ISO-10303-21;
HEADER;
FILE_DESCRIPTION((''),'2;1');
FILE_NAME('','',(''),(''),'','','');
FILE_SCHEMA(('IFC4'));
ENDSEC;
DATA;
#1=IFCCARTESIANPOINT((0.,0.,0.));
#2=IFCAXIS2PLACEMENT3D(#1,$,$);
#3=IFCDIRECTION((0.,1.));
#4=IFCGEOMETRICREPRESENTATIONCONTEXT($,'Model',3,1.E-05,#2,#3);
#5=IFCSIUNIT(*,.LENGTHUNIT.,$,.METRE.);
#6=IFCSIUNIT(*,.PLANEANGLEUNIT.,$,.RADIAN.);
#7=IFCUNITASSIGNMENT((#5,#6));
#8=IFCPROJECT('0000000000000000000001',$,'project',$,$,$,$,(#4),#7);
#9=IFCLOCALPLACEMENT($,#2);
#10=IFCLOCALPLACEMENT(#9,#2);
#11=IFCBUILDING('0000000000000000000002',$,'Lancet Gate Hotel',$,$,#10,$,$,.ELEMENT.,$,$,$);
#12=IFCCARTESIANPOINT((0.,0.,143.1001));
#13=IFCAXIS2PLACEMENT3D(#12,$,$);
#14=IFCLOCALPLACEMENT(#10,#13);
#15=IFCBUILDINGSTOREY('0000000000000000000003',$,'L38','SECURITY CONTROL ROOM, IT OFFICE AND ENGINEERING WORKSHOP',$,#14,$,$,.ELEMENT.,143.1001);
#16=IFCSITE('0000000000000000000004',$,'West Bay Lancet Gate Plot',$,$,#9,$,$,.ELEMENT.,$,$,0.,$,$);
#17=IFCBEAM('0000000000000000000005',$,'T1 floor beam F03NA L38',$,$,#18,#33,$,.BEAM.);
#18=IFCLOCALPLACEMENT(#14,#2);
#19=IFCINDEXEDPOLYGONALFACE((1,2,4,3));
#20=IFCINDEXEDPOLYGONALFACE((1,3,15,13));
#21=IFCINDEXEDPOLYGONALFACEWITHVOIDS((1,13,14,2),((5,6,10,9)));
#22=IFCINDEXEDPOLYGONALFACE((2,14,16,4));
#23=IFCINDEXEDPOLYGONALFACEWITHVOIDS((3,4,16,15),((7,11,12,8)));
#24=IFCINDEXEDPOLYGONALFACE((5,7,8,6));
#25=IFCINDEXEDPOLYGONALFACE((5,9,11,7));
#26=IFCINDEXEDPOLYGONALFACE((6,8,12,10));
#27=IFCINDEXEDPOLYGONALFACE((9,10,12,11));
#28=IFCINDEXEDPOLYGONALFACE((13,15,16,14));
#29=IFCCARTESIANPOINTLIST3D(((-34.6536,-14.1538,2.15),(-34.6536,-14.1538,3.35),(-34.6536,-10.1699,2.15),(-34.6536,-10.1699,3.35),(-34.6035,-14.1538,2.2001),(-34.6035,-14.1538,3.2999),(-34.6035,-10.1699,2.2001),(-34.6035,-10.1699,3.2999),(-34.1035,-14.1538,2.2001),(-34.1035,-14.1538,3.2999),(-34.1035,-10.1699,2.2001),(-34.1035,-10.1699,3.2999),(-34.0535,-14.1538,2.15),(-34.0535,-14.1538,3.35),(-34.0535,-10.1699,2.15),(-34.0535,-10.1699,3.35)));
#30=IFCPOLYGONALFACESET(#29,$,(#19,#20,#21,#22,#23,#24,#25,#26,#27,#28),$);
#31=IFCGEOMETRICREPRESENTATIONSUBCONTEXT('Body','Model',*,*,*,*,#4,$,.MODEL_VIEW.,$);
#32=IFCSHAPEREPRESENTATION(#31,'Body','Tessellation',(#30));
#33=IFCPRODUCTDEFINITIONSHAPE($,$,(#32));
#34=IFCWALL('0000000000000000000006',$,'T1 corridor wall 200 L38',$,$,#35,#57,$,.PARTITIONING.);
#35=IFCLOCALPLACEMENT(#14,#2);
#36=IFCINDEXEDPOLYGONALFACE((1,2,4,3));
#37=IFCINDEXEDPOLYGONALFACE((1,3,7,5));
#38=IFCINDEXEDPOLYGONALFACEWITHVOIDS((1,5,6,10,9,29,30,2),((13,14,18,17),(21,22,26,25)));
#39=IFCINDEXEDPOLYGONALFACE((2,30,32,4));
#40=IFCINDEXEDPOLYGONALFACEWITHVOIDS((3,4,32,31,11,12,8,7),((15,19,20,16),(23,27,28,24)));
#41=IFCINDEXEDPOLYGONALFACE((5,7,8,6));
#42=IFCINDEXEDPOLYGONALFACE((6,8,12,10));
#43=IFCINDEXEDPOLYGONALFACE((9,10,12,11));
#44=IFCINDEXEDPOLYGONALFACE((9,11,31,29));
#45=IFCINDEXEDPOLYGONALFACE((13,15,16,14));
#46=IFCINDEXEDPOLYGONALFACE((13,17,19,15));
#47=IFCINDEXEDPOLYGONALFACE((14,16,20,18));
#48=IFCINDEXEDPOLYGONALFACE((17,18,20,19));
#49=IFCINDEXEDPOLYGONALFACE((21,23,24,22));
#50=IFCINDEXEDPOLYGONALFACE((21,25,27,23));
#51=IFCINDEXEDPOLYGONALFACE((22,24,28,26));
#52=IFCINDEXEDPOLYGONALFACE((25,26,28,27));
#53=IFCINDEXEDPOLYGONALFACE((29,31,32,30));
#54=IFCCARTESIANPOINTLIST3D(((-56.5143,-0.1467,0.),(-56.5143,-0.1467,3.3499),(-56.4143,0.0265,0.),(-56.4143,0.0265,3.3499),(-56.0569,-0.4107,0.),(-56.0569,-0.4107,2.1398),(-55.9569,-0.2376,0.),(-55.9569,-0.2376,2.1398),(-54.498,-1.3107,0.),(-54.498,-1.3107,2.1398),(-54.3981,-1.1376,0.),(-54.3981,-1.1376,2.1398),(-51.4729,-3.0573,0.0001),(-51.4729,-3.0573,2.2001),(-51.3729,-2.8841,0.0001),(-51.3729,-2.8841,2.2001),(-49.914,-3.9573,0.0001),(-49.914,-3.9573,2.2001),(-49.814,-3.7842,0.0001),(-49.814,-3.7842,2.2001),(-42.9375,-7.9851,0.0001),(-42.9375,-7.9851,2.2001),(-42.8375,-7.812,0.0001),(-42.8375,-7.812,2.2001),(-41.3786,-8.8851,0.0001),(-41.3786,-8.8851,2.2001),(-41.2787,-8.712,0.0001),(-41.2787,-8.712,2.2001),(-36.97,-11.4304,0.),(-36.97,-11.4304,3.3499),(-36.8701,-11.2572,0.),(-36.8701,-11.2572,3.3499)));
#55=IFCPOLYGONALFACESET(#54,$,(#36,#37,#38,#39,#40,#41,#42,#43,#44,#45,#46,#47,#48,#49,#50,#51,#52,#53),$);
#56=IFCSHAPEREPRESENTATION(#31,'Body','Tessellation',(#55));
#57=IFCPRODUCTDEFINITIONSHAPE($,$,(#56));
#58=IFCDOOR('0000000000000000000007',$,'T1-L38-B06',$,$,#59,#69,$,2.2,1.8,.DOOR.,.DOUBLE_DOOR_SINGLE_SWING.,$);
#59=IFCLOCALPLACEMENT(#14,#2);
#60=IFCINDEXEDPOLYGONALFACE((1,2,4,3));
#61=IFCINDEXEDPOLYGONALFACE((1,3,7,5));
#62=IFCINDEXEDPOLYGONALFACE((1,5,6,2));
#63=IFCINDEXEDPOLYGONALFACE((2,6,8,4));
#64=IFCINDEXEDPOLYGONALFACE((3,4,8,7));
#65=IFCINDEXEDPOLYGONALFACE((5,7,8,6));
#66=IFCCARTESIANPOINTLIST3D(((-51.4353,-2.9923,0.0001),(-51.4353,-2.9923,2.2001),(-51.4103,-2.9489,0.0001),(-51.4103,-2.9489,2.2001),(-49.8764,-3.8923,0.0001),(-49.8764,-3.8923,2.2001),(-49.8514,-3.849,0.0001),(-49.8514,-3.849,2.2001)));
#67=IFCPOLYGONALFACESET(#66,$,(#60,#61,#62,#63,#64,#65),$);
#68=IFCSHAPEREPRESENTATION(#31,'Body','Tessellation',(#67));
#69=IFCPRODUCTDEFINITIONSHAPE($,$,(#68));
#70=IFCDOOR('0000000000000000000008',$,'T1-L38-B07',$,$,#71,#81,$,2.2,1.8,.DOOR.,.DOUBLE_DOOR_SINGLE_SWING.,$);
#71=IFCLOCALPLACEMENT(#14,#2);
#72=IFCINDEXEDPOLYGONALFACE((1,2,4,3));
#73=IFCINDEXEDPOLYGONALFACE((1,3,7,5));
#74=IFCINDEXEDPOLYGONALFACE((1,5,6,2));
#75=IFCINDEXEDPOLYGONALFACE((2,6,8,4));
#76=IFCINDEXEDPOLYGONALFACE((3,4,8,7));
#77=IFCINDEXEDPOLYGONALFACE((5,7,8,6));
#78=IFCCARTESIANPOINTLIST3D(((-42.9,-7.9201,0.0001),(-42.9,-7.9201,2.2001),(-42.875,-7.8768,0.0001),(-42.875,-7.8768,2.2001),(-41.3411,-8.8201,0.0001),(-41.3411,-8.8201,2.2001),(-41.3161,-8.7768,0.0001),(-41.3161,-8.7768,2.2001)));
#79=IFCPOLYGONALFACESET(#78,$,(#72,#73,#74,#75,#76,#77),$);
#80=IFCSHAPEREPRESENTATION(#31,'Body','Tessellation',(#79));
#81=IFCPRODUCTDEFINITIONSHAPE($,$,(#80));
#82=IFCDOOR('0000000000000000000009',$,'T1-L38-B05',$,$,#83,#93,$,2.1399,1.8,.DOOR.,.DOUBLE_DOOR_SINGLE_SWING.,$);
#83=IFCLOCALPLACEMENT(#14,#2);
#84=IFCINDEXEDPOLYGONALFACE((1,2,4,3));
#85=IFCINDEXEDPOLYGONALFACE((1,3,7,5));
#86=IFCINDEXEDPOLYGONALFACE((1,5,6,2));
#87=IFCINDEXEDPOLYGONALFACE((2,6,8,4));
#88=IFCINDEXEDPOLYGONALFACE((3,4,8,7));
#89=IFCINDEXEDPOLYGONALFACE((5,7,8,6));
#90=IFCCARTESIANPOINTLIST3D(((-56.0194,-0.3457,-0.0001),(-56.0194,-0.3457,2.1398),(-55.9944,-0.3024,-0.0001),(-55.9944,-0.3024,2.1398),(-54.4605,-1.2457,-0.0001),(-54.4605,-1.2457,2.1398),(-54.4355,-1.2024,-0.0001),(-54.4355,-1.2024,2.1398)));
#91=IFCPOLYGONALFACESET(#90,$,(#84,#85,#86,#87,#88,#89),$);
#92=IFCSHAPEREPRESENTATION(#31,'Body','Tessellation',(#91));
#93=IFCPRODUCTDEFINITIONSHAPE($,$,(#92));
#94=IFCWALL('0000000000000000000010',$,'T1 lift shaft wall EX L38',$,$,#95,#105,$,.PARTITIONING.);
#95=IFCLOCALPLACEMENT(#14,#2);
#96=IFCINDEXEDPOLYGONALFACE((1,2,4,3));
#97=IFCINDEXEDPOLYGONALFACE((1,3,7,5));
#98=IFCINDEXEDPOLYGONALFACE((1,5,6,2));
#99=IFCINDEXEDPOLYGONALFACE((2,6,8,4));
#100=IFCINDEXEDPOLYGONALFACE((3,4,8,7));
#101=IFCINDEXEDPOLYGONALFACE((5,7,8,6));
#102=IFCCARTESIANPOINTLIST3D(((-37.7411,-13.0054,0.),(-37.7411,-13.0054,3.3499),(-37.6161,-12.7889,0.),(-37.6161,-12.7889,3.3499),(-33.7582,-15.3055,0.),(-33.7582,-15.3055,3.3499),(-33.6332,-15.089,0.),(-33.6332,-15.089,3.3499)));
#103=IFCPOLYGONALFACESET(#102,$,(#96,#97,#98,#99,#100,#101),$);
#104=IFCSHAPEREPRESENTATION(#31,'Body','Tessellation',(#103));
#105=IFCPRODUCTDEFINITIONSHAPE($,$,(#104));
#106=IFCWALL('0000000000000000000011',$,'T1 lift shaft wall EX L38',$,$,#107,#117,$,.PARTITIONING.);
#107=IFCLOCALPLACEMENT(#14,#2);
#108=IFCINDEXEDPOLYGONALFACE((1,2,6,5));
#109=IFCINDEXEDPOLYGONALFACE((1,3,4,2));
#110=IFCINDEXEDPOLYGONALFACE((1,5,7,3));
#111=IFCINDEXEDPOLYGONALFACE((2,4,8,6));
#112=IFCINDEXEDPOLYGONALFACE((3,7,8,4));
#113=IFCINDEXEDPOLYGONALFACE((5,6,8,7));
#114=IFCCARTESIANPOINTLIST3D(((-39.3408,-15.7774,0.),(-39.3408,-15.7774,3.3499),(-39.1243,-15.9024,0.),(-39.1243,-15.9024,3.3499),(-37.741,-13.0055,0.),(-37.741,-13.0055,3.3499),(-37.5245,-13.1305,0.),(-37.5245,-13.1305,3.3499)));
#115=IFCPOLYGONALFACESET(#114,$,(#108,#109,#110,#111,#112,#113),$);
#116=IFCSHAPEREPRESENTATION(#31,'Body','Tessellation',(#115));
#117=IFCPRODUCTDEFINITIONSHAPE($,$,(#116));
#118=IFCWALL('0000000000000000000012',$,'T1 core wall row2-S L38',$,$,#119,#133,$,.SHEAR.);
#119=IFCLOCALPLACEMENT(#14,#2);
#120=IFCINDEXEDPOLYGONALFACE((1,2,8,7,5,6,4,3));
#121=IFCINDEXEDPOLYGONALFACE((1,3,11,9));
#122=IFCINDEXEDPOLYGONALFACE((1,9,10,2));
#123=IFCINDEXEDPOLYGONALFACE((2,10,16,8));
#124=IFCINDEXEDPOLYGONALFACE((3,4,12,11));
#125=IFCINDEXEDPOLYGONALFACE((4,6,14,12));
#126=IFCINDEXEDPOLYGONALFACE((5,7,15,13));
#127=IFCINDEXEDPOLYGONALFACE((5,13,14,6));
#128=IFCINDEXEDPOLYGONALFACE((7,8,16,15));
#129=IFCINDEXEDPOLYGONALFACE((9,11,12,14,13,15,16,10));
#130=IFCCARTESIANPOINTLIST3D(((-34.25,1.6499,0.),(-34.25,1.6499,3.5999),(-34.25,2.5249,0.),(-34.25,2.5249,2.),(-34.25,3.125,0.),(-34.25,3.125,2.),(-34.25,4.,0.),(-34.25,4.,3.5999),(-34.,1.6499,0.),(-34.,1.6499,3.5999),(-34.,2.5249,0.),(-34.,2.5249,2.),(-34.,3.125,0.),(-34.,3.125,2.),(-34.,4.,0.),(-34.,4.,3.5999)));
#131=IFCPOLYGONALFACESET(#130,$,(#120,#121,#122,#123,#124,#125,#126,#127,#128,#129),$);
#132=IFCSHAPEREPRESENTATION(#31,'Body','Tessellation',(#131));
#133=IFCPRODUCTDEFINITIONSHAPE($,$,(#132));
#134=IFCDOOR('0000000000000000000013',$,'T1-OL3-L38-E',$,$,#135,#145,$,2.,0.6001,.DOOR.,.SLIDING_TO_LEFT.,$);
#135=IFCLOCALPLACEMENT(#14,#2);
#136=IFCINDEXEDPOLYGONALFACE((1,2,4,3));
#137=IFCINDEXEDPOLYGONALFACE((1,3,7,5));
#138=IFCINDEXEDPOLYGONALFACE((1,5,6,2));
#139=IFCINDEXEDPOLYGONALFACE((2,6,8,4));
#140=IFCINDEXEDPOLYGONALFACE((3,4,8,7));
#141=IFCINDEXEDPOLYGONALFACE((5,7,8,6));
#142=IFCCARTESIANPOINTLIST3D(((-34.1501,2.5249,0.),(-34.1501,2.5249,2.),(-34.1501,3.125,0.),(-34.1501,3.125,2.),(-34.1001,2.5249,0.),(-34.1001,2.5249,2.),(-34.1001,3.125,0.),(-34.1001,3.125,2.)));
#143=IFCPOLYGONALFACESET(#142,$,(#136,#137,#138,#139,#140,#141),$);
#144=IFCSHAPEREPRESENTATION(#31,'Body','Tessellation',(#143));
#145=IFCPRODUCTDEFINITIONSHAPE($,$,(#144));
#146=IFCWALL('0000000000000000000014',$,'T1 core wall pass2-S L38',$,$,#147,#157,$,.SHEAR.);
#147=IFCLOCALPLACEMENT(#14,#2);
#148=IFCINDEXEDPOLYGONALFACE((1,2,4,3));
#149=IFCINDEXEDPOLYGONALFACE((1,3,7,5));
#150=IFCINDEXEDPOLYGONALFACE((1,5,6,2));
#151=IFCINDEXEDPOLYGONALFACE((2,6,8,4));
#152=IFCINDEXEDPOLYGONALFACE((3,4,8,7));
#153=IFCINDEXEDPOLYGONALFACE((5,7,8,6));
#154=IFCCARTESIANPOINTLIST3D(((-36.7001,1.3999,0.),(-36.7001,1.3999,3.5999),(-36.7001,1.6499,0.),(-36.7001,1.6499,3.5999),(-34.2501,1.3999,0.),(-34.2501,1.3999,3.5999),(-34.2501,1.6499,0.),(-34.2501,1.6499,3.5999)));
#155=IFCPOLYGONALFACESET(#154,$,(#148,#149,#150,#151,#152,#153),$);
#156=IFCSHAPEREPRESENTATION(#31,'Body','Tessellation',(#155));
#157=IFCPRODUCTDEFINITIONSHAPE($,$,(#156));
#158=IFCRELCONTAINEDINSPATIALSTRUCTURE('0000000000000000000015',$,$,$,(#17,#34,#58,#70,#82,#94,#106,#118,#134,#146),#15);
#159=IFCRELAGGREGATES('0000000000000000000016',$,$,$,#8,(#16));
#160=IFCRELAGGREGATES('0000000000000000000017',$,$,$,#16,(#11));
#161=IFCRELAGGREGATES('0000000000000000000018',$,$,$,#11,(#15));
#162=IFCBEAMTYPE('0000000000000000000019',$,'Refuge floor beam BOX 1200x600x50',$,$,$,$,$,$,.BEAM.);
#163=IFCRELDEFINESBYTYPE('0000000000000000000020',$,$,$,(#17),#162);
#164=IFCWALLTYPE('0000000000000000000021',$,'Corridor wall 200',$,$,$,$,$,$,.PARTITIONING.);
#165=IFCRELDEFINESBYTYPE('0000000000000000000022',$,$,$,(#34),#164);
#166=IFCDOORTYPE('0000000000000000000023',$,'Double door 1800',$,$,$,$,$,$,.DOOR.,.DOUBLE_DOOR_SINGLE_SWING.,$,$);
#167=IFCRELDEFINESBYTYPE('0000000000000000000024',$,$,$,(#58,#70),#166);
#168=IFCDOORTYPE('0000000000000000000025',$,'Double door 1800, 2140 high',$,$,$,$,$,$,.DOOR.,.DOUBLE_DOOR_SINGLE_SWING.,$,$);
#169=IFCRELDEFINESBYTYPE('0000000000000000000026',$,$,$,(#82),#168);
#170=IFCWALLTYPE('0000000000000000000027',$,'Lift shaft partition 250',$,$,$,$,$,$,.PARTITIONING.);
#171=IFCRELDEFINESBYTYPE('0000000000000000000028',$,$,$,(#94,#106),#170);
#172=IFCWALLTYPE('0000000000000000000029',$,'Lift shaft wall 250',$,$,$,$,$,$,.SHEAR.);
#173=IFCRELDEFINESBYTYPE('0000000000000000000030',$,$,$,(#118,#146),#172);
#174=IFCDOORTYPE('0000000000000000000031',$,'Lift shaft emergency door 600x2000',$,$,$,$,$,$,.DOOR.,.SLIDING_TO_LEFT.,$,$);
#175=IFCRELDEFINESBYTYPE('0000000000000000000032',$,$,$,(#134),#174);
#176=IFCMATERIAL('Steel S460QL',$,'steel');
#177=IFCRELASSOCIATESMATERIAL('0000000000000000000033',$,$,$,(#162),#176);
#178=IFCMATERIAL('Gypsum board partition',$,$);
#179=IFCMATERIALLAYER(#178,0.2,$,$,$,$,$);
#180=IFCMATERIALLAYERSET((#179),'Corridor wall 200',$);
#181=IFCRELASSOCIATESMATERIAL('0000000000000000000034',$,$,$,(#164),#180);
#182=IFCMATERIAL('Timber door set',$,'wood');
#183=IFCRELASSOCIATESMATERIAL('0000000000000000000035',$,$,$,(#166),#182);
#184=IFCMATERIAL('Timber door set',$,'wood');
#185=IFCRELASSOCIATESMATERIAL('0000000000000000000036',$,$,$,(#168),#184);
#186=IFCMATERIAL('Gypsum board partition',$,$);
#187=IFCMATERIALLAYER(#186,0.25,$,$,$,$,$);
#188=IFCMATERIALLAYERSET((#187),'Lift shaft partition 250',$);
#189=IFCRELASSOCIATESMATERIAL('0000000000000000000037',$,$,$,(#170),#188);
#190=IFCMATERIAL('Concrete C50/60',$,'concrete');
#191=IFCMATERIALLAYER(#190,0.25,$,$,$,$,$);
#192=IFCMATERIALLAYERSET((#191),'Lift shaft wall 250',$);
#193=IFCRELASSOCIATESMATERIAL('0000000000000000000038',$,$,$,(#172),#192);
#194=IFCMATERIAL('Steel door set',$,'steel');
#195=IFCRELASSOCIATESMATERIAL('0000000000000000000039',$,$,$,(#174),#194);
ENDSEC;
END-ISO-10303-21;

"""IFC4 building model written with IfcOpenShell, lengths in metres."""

from ifc_helpers import new_model, si_unit, direction, frame, frame_2d, origin, origin_2d, place, context, subcontext, project, spatial, rectangle, hollow_rectangle, extrude, material, layer, layer_set, material_profile, profile_set, type_object, element, fill, save


model = new_model("IFC4")

# Units and contexts
model_context = context("Model", 3, precision=1e-05, world=origin(), true_north=direction((0.0, 1.0)))
body_context = subcontext(model_context, "Body", "Model", "MODEL_VIEW")
ifc_project = project(units=[si_unit("LENGTHUNIT", "METRE"), si_unit("PLANEANGLEUNIT", "RADIAN")], contexts=[model_context])

# Site, building, storey
site_placement = place(None, origin())
site = spatial("IfcSite", under=ifc_project, at=site_placement, Name="West Bay Lancet Gate Plot", CompositionType="ELEMENT", RefElevation=0.0)
building_placement = place(site_placement, origin())
building = spatial("IfcBuilding", under=site, at=building_placement, Name="Lancet Gate Hotel", CompositionType="ELEMENT")
storey_placement = place(building_placement, frame((0.0, 0.0, 143.1001)))
storey = spatial("IfcBuildingStorey", under=building, at=storey_placement, Name="L38", Description="SECURITY CONTROL ROOM, IT OFFICE AND ENGINEERING WORKSHOP", CompositionType="ELEMENT", Elevation=143.1001)

# Beam
ifc_material_1 = material(Name="Steel S460QL", Category="steel")
ifc_material_profile = material_profile(ifc_material_1, hollow_rectangle(XDim=0.6001, YDim=1.2, WallThickness=0.05, at=origin_2d()), Name="BOX 1200x600x50")
ifc_profile_set = profile_set([ifc_material_profile], Name="Steel S460QL")
beam_type = type_object("IfcBeamType", Name="Refuge floor beam BOX 1200x600x50", PredefinedType="BEAM", material=ifc_profile_set)
beam_placement = place(storey_placement, frame((-34.3535, -10.1699, 2.75), z_axis=(0.0, -1.0, 0.0), x_axis=(1.0, 0.0, 0.0)))
element("IfcBeam", 1, at=beam_placement, inside=storey, type_object=beam_type, Name="T1 floor beam F03NA L38", PredefinedType="BEAM", context=body_context, shape_type="SweptSolid", body=[
    extrude(hollow_rectangle(XDim=0.6001, YDim=1.2, WallThickness=0.05, at=origin_2d()), origin(), (0.0, 0.0, 1.0), 3.9839),
])

# Wall, openings, doors
ifc_material_2 = material(Name="Gypsum board partition")
ifc_layer_1 = layer(ifc_material_2, 0.2)
ifc_layer_set_1 = layer_set([ifc_layer_1], Name="Corridor wall 200")
wall_type_1 = type_object("IfcWallType", Name="Corridor wall 200", PredefinedType="PARTITIONING", material=ifc_layer_set_1)
wall_1_placement = place(storey_placement, frame((-36.9202, -11.3438, 0.0), z_axis=(0.0, 0.0, 1.0), x_axis=(-0.866028, 0.499995, 0.0)))
wall_1 = element("IfcWall", 2, at=wall_1_placement, inside=storey, type_object=wall_type_1, Name="T1 corridor wall 200 L38", PredefinedType="PARTITIONING", context=body_context, shape_type="SweptSolid", body=[
    extrude(rectangle(XDim=22.5676, YDim=0.2, at=frame_2d((11.2837, 0.0))), origin(), (0.0, 0.0, 1.0), 3.3499),
])
opening_1_placement = place(wall_1_placement, frame((20.2395, 0.0, 0.0)))
opening_1 = element("IfcOpeningElement", 3, at=opening_1_placement, cuts=wall_1, PredefinedType="OPENING", context=body_context, shape_type="SweptSolid", body=[
    extrude(rectangle(XDim=1.8, YDim=2.1399, at=frame_2d((0.8999, 1.0698))), frame((0.0, 0.1099, 0.0), z_axis=(0.0, -1.0, 0.0), x_axis=(1.0, 0.0, 0.0)), (0.0, 0.0, 1.0), 0.22),
])
opening_2_placement = place(wall_1_placement, frame((14.9463, 0.0, 0.0)))
opening_2 = element("IfcOpeningElement", 4, at=opening_2_placement, cuts=wall_1, PredefinedType="OPENING", context=body_context, shape_type="SweptSolid", body=[
    extrude(rectangle(XDim=1.8, YDim=2.2, at=frame_2d((0.8999, 1.1001))), frame((0.0, 0.1099, 0.0), z_axis=(0.0, -1.0, 0.0), x_axis=(1.0, 0.0, 0.0)), (0.0, 0.0, 1.0), 0.22),
])
opening_3_placement = place(wall_1_placement, frame((5.0906, 0.0, 0.0)))
opening_3 = element("IfcOpeningElement", 5, at=opening_3_placement, cuts=wall_1, PredefinedType="OPENING", context=body_context, shape_type="SweptSolid", body=[
    extrude(rectangle(XDim=1.8, YDim=2.2, at=frame_2d((0.8999, 1.1001))), frame((0.0, 0.1099, 0.0), z_axis=(0.0, -1.0, 0.0), x_axis=(1.0, 0.0, 0.0)), (0.0, 0.0, 1.0), 0.22),
])
ifc_material_3 = material(Name="Timber door set", Category="wood")
door_type_1 = type_object("IfcDoorType", Name="Double door 1800", OperationType="DOUBLE_DOOR_SINGLE_SWING", PredefinedType="DOOR", material=ifc_material_3)
door_1_placement = place(opening_2_placement, origin())
door_1 = element("IfcDoor", 6, at=door_1_placement, inside=storey, type_object=door_type_1, Name="T1-L38-B06", OperationType="DOUBLE_DOOR_SINGLE_SWING", OverallHeight=2.2, OverallWidth=1.8, PredefinedType="DOOR", context=body_context, shape_type="SweptSolid", body=[
    extrude(rectangle(XDim=1.8, YDim=2.2, at=frame_2d((0.8999, 1.1001))), frame((0.0, 0.0249, 0.0), z_axis=(0.0, -1.0, 0.0), x_axis=(1.0, 0.0, 0.0)), (0.0, 0.0, 1.0), 0.05),
])
fill(opening_2, door_1)
door_2_placement = place(opening_3_placement, origin())
door_2 = element("IfcDoor", 7, at=door_2_placement, inside=storey, type_object=door_type_1, Name="T1-L38-B07", OperationType="DOUBLE_DOOR_SINGLE_SWING", OverallHeight=2.2, OverallWidth=1.8, PredefinedType="DOOR", context=body_context, shape_type="SweptSolid", body=[
    extrude(rectangle(XDim=1.8, YDim=2.2, at=frame_2d((0.8999, 1.1001))), frame((0.0, 0.0249, 0.0), z_axis=(0.0, -1.0, 0.0), x_axis=(1.0, 0.0, 0.0)), (0.0, 0.0, 1.0), 0.05),
])
fill(opening_3, door_2)
ifc_material_4 = material(Name="Timber door set", Category="wood")
door_type_2 = type_object("IfcDoorType", Name="Double door 1800, 2140 high", OperationType="DOUBLE_DOOR_SINGLE_SWING", PredefinedType="DOOR", material=ifc_material_4)
door_3_placement = place(opening_1_placement, origin())
door_3 = element("IfcDoor", 8, at=door_3_placement, inside=storey, type_object=door_type_2, Name="T1-L38-B05", OperationType="DOUBLE_DOOR_SINGLE_SWING", OverallHeight=2.1399, OverallWidth=1.8, PredefinedType="DOOR", context=body_context, shape_type="SweptSolid", body=[
    extrude(rectangle(XDim=1.8, YDim=2.1399, at=frame_2d((0.8999, 1.0698))), frame((0.0, 0.0249, 0.0), z_axis=(0.0, -1.0, 0.0), x_axis=(1.0, 0.0, 0.0)), (0.0, 0.0, 1.0), 0.05),
])
fill(opening_1, door_3)

# Walls
ifc_material_5 = material(Name="Gypsum board partition")
ifc_layer_2 = layer(ifc_material_5, 0.25)
ifc_layer_set_2 = layer_set([ifc_layer_2], Name="Lift shaft partition 250")
wall_type_2 = type_object("IfcWallType", Name="Lift shaft partition 250", PredefinedType="PARTITIONING", material=ifc_layer_set_2)
wall_2_placement = place(storey_placement, frame((-33.6956, -15.1973, 0.0), z_axis=(0.0, 0.0, 1.0), x_axis=(-0.865977, 0.500084, 0.0)))
element("IfcWall", 9, at=wall_2_placement, inside=storey, type_object=wall_type_2, Name="T1 lift shaft wall EX L38", PredefinedType="PARTITIONING", context=body_context, shape_type="SweptSolid", body=[
    extrude(rectangle(XDim=4.5994, YDim=0.25, at=frame_2d((2.2998, 0.0))), origin(), (0.0, 0.0, 1.0), 3.3499),
])
wall_3_placement = place(storey_placement, frame((-37.6328, -13.0681, 0.0), z_axis=(0.0, 0.0, 1.0), x_axis=(-0.499872, -0.866099, 0.0)))
element("IfcWall", 10, at=wall_3_placement, inside=storey, type_object=wall_type_2, Name="T1 lift shaft wall EX L38", PredefinedType="PARTITIONING", context=body_context, shape_type="SweptSolid", body=[
    extrude(rectangle(XDim=3.2004, YDim=0.25, at=frame_2d((1.6001, 0.0))), origin(), (0.0, 0.0, 1.0), 3.3499),
])

# Wall, opening, door
ifc_material_6 = material(Name="Concrete C50/60", Category="concrete")
ifc_layer_3 = layer(ifc_material_6, 0.25)
ifc_layer_set_3 = layer_set([ifc_layer_3], Name="Lift shaft wall 250")
wall_type_3 = type_object("IfcWallType", Name="Lift shaft wall 250", PredefinedType="SHEAR", material=ifc_layer_set_3)
wall_4_placement = place(storey_placement, frame((-34.125, 4.0, 0.0), z_axis=(0.0, 0.0, 1.0), x_axis=(0.0, -1.0, 0.0)))
wall_4 = element("IfcWall", 11, at=wall_4_placement, inside=storey, type_object=wall_type_3, Name="T1 core wall row2-S L38", PredefinedType="SHEAR", context=body_context, shape_type="SweptSolid", body=[
    extrude(rectangle(XDim=2.3501, YDim=0.25, at=frame_2d((1.175, 0.0))), origin(), (0.0, 0.0, 1.0), 3.5999),
])
opening_4_placement = place(wall_4_placement, frame((0.875, 0.0, 0.0)))
opening_4 = element("IfcOpeningElement", 12, at=opening_4_placement, cuts=wall_4, PredefinedType="OPENING", context=body_context, shape_type="SweptSolid", body=[
    extrude(rectangle(XDim=0.6001, YDim=2.0, at=frame_2d((0.3, 1.0))), frame((0.0, 0.135, 0.0), z_axis=(0.0, -1.0, 0.0), x_axis=(1.0, 0.0, 0.0)), (0.0, 0.0, 1.0), 0.27),
])
ifc_material_7 = material(Name="Steel door set", Category="steel")
door_type_3 = type_object("IfcDoorType", Name="Lift shaft emergency door 600x2000", OperationType="SLIDING_TO_LEFT", PredefinedType="DOOR", material=ifc_material_7)
door_4_placement = place(opening_4_placement, origin())
door_4 = element("IfcDoor", 13, at=door_4_placement, inside=storey, type_object=door_type_3, Name="T1-OL3-L38-E", OperationType="SLIDING_TO_LEFT", OverallHeight=2.0, OverallWidth=0.6001, PredefinedType="DOOR", context=body_context, shape_type="SweptSolid", body=[
    extrude(rectangle(XDim=0.6001, YDim=2.0, at=frame_2d((0.3, 1.0))), frame((0.0, 0.0249, 0.0), z_axis=(0.0, -1.0, 0.0), x_axis=(1.0, 0.0, 0.0)), (0.0, 0.0, 1.0), 0.05),
])
fill(opening_4, door_4)

# Wall
wall_5_placement = place(storey_placement, frame((-34.25, 1.5249, 0.0), z_axis=(0.0, 0.0, 1.0), x_axis=(-1.0, 0.0, 0.0)))
element("IfcWall", 14, at=wall_5_placement, inside=storey, type_object=wall_type_3, Name="T1 core wall pass2-S L38", PredefinedType="SHEAR", context=body_context, shape_type="SweptSolid", body=[
    extrude(rectangle(XDim=2.45, YDim=0.25, at=frame_2d((1.2251, 0.0))), origin(), (0.0, 0.0, 1.0), 3.5999),
])

save(model, "model.ifc")
